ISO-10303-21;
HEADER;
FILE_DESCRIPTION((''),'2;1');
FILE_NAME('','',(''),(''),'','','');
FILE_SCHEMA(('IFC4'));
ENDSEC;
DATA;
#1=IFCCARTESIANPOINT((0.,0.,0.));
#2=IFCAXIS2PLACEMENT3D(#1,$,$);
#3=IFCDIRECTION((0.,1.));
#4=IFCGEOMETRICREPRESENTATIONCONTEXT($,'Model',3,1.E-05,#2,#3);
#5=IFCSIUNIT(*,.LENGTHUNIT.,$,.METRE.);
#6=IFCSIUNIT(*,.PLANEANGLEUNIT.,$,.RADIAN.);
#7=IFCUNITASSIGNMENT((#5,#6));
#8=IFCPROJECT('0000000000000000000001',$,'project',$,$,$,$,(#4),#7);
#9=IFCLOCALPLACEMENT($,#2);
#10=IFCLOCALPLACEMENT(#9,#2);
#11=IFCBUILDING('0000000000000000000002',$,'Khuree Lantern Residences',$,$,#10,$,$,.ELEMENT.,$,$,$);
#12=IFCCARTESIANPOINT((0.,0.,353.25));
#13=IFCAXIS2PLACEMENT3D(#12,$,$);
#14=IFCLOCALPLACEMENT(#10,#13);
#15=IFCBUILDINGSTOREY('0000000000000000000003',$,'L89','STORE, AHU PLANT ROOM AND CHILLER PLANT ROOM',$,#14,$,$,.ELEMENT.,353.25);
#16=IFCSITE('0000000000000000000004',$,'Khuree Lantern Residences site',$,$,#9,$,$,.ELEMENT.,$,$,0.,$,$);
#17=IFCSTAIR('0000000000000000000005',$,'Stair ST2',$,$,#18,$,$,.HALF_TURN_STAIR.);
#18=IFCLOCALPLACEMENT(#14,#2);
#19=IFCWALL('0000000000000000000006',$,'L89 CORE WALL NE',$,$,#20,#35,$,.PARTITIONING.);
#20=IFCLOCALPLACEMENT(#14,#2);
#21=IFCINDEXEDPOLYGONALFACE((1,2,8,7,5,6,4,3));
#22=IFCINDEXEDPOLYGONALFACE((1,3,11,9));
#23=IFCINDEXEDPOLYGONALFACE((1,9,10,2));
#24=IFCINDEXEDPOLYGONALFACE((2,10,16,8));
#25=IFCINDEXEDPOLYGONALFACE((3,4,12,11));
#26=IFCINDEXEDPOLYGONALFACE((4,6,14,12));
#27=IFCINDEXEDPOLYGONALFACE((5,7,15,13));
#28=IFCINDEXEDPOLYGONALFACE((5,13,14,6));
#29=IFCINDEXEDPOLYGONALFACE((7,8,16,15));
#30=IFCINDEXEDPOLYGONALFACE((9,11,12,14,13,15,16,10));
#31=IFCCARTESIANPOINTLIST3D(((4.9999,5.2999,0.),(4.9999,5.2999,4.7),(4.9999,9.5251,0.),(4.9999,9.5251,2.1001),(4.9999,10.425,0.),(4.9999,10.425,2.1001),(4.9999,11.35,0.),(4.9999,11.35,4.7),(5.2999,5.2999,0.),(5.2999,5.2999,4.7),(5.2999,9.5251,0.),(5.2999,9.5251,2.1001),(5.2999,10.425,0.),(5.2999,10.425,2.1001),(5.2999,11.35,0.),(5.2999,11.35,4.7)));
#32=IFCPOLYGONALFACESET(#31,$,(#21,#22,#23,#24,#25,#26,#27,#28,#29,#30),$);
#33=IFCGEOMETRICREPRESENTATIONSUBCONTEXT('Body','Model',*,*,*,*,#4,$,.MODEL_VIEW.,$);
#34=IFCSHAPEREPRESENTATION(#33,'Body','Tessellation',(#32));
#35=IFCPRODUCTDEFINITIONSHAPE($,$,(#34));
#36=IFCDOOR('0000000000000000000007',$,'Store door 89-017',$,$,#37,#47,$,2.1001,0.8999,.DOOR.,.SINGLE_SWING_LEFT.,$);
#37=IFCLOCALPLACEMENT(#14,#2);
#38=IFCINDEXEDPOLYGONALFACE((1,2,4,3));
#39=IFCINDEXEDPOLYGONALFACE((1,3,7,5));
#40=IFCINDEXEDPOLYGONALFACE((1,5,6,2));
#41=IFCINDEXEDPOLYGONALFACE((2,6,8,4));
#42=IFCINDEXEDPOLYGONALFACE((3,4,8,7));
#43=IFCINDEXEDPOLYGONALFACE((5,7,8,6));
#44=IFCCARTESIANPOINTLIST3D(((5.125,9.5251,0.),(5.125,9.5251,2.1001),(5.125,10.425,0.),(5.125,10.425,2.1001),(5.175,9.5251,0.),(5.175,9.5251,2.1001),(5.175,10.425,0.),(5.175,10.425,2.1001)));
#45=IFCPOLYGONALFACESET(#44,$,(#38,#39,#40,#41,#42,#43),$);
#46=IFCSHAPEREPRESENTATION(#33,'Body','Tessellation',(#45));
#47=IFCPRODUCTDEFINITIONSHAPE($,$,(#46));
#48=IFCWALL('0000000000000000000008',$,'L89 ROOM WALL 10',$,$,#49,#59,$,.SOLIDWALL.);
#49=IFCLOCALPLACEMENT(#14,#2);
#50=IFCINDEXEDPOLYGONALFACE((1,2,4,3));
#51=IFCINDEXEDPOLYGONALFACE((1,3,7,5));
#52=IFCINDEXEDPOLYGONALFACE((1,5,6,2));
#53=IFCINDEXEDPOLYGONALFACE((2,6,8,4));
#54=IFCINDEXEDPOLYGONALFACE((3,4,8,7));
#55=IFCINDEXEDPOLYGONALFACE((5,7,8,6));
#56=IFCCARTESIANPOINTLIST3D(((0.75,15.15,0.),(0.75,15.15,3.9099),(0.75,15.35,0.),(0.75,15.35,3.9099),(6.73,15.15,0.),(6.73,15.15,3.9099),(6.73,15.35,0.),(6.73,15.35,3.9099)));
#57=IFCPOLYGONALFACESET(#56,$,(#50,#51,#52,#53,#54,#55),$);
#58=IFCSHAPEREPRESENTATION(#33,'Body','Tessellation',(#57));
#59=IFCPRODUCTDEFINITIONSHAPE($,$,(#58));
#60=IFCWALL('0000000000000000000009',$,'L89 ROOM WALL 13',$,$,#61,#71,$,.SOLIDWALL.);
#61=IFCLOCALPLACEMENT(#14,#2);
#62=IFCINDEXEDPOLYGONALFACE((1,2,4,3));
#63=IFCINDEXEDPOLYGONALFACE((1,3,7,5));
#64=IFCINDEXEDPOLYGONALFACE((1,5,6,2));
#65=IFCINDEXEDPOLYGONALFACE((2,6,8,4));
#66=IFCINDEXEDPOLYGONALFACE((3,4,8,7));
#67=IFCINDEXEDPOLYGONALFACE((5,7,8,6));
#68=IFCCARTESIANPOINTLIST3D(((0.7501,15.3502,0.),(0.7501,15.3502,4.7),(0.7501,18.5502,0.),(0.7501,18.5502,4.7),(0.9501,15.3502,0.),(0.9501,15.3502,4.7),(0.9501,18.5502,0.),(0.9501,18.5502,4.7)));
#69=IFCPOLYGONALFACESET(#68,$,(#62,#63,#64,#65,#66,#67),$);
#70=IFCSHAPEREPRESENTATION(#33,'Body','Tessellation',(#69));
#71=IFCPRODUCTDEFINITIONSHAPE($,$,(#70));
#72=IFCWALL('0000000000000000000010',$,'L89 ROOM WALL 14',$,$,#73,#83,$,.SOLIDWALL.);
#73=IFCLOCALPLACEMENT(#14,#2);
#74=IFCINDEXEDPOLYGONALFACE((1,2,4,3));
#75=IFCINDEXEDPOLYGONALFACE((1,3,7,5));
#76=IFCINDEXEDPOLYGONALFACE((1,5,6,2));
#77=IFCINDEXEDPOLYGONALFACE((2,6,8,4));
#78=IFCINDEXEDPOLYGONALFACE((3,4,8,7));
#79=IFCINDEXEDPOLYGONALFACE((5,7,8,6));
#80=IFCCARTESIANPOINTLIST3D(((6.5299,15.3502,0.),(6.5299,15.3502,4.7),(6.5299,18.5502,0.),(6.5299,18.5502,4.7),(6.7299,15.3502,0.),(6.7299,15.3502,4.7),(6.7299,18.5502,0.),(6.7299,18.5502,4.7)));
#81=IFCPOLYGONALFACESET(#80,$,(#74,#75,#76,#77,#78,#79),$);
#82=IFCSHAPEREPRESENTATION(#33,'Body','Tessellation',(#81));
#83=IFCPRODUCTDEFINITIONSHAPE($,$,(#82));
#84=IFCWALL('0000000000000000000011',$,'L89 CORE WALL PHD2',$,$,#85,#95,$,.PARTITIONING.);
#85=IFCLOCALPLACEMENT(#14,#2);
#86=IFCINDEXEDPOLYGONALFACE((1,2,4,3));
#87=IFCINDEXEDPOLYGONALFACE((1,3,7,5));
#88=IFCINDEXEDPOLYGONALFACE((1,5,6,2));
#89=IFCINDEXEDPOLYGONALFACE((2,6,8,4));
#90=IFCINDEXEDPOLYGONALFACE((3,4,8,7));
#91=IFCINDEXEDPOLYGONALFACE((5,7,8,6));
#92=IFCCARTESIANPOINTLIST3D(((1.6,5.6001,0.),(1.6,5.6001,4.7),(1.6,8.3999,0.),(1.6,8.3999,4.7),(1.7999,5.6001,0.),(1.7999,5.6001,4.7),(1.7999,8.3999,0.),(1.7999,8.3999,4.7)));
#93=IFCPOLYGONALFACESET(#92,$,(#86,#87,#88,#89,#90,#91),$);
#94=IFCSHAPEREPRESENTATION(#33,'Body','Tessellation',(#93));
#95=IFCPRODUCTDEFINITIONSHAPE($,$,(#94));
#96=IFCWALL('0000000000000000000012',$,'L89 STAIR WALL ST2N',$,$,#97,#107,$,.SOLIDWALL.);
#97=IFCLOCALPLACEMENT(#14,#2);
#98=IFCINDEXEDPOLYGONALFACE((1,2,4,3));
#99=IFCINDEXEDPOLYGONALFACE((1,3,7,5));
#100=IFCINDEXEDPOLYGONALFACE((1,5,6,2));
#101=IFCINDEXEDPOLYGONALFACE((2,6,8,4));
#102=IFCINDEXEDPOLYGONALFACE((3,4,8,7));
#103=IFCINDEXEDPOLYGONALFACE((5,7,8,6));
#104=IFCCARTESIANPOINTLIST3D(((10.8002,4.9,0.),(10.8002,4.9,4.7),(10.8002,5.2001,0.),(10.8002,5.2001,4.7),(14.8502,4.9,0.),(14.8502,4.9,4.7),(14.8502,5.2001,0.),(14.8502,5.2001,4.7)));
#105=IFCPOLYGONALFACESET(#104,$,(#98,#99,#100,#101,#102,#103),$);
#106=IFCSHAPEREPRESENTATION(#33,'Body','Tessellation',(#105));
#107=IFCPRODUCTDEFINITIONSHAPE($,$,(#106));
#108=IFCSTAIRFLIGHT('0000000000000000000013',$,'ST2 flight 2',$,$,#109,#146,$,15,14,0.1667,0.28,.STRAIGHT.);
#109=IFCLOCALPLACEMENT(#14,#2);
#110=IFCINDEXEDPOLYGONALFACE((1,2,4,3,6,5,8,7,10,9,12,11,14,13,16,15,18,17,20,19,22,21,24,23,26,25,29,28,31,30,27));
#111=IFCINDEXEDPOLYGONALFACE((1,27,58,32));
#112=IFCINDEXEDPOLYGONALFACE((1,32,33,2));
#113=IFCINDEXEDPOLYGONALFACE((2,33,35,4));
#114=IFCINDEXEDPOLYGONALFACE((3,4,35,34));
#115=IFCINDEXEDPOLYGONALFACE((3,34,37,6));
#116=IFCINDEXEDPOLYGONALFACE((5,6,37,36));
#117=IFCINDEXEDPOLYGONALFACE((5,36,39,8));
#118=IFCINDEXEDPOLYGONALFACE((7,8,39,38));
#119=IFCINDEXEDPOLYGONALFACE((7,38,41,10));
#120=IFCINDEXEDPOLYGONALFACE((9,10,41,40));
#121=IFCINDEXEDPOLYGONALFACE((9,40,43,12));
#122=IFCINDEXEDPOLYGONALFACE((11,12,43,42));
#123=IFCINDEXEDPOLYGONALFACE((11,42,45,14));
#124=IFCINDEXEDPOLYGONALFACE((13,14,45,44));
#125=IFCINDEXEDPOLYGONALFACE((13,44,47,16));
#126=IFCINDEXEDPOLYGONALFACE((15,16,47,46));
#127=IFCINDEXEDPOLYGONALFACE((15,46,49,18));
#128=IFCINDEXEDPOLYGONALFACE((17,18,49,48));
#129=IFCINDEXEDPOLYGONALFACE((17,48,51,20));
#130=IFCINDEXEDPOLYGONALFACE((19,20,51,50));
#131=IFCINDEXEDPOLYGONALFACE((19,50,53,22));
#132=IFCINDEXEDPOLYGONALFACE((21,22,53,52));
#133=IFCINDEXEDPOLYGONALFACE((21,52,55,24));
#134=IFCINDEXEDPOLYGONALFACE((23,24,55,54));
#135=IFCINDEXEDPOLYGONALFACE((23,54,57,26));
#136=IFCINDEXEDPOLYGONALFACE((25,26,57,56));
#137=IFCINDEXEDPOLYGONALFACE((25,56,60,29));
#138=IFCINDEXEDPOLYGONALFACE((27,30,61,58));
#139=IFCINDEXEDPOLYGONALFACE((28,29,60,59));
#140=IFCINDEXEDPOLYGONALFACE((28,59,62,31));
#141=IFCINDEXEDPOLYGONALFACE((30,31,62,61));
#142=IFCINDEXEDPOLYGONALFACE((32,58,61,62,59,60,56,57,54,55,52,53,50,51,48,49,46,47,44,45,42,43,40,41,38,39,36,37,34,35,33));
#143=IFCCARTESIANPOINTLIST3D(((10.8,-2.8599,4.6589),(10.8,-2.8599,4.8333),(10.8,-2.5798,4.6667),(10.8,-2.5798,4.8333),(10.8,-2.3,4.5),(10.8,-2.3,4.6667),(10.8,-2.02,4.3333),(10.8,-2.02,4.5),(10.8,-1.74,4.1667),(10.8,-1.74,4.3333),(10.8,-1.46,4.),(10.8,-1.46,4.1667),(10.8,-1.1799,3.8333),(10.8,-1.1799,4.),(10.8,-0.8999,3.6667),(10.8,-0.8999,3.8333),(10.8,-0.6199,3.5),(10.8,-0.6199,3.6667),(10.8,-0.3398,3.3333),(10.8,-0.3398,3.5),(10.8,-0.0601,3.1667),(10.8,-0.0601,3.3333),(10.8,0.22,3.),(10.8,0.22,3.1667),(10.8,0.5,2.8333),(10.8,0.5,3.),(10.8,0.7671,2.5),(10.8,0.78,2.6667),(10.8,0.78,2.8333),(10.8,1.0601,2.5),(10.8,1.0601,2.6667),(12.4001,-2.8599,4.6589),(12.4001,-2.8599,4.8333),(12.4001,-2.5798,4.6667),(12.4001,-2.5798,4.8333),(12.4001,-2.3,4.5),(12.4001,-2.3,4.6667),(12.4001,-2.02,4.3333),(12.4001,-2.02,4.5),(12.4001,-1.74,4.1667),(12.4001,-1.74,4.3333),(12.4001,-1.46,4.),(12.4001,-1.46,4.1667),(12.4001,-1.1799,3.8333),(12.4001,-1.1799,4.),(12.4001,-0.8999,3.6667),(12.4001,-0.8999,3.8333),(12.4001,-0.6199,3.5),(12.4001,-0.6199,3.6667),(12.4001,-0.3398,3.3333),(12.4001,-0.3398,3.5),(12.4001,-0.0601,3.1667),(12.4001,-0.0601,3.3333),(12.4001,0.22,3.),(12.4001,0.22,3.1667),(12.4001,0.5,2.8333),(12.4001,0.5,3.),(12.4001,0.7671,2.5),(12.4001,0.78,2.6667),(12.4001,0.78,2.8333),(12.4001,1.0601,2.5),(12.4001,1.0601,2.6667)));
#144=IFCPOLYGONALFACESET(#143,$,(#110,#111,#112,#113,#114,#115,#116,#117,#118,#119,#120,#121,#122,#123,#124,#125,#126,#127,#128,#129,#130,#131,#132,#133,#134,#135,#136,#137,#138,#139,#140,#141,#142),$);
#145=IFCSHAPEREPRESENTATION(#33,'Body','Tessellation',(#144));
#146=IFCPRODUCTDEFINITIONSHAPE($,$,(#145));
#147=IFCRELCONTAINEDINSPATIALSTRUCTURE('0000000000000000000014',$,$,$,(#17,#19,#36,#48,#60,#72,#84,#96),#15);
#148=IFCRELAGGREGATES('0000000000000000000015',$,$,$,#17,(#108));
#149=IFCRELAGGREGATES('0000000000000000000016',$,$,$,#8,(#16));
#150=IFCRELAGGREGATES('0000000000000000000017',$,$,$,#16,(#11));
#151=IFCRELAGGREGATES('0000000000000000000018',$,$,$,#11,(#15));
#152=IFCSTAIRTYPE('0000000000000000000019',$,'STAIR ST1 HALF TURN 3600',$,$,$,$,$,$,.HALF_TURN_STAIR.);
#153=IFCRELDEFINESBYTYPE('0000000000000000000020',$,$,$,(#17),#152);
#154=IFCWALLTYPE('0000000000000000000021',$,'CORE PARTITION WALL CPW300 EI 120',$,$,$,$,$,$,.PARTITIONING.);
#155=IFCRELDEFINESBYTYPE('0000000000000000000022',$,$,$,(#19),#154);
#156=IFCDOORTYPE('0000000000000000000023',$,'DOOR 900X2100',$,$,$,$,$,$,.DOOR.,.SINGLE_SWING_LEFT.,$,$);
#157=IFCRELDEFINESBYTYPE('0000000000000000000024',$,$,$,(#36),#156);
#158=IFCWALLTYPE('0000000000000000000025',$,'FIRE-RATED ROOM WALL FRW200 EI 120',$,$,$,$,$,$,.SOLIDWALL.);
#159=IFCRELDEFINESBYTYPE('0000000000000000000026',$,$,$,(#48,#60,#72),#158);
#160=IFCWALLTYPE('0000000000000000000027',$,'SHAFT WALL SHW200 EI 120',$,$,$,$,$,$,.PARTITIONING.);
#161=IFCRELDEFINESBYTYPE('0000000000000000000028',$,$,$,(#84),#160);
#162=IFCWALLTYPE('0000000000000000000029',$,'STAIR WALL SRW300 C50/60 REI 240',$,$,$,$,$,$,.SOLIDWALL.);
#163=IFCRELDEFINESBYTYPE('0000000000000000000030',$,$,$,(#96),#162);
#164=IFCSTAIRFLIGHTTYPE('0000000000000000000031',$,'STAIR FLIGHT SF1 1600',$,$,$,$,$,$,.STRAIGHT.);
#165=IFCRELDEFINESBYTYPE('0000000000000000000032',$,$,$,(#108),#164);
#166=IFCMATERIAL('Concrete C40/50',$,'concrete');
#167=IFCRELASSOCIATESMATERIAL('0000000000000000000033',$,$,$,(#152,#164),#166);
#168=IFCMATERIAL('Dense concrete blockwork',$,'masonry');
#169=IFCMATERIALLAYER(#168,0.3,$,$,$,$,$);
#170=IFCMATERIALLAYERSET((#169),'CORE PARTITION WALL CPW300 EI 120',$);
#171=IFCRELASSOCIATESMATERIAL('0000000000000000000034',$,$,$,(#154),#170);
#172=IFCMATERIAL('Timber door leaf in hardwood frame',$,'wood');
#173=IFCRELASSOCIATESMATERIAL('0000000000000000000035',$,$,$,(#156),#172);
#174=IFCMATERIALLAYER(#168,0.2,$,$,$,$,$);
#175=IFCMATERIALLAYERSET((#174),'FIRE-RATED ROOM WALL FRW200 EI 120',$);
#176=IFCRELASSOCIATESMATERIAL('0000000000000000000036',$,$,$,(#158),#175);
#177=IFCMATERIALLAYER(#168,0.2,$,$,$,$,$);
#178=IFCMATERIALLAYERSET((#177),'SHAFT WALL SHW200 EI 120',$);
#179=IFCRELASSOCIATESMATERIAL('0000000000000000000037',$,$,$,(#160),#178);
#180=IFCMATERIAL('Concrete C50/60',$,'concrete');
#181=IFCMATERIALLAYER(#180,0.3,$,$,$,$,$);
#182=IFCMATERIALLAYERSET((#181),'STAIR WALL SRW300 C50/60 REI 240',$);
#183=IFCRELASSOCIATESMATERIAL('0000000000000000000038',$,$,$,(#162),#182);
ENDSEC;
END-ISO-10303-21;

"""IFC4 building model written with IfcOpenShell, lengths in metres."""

from ifc_helpers import new_model, si_unit, direction, frame, frame_2d, origin, place, context, subcontext, project, spatial, polyline, rectangle, outline, extrude, material, layer, layer_set, type_object, element, fill, aggregate, save


model = new_model("IFC4")

# Units and contexts
model_context = context("Model", 3, precision=1e-05, world=origin(), true_north=direction((0.0, 1.0)))
body_context = subcontext(model_context, "Body", "Model", "MODEL_VIEW")
ifc_project = project(units=[si_unit("LENGTHUNIT", "METRE"), si_unit("PLANEANGLEUNIT", "RADIAN")], contexts=[model_context])

# Site, building, storey
site_placement = place(None, origin())
site = spatial("IfcSite", under=ifc_project, at=site_placement, Name="Khuree Lantern Residences site", CompositionType="ELEMENT", RefElevation=0.0)
building_placement = place(site_placement, origin())
building = spatial("IfcBuilding", under=site, at=building_placement, Name="Khuree Lantern Residences", CompositionType="ELEMENT")
storey_placement = place(building_placement, frame((0.0, 0.0, 353.25)))
storey = spatial("IfcBuildingStorey", under=building, at=storey_placement, Name="L89", Description="STORE, AHU PLANT ROOM AND CHILLER PLANT ROOM", CompositionType="ELEMENT", Elevation=353.25)

# Shared definitions
ifc_material_1 = material(Name="Concrete C50/60", Category="concrete")

# Stair
ifc_material_2 = material(Name="Concrete C40/50", Category="concrete")
stair_type = type_object("IfcStairType", Name="STAIR ST1 HALF TURN 3600", PredefinedType="HALF_TURN_STAIR", material=ifc_material_2)
stair_placement = place(storey_placement, origin())
stair = element("IfcStair", 1, at=stair_placement, inside=storey, type_object=stair_type, Name="Stair ST2", PredefinedType="HALF_TURN_STAIR")

# Shared definitions
ifc_material_3 = material(Name="Dense concrete blockwork", Category="masonry")
ifc_layer_1 = layer(ifc_material_3, 0.3)
ifc_layer_set_1 = layer_set([ifc_layer_1], Name="CORE PARTITION WALL CPW300 EI 120")
wall_type_1 = type_object("IfcWallType", Name="CORE PARTITION WALL CPW300 EI 120", PredefinedType="PARTITIONING", material=ifc_layer_set_1)

# Wall, opening, door
wall_1_placement = place(storey_placement, frame((5.1499, 5.3, 0.0), z_axis=(0.0, 0.0, 1.0), x_axis=(0.0, 1.0, 0.0)))
wall_1 = element("IfcWall", 2, at=wall_1_placement, inside=storey, type_object=wall_type_1, Name="L89 CORE WALL NE", PredefinedType="PARTITIONING", context=body_context, shape_type="SweptSolid", body=[
    extrude(rectangle(XDim=6.05, YDim=0.3, at=frame_2d((3.0249, 0.0))), origin(), (0.0, 0.0, 1.0), 4.7),
])
opening_1_placement = place(wall_1_placement, frame((4.2251, 0.0, 0.0)))
opening_1 = element("IfcOpeningElement", 3, at=opening_1_placement, cuts=wall_1, PredefinedType="OPENING", context=body_context, shape_type="SweptSolid", body=[
    extrude(rectangle(XDim=0.8999, YDim=2.1001, at=frame_2d((0.45, 1.05))), frame((0.0, 0.1602, 0.0), z_axis=(0.0, -1.0, 0.0), x_axis=(1.0, 0.0, 0.0)), (0.0, 0.0, 1.0), 0.3201),
])
ifc_material_4 = material(Name="Timber door leaf in hardwood frame", Category="wood")
door_type_1 = type_object("IfcDoorType", Name="DOOR 900X2100", OperationType="SINGLE_SWING_LEFT", PredefinedType="DOOR", material=ifc_material_4)
door_1_placement = place(opening_1_placement, origin())
door_1 = element("IfcDoor", 4, at=door_1_placement, inside=storey, type_object=door_type_1, Name="Store door 89-017", OperationType="SINGLE_SWING_LEFT", OverallHeight=2.1001, OverallWidth=0.8999, PredefinedType="DOOR", context=body_context, shape_type="SweptSolid", body=[
    extrude(rectangle(XDim=0.8999, YDim=2.1001, at=frame_2d((0.45, 1.05))), frame((0.0, 0.0249, 0.0), z_axis=(0.0, -1.0, 0.0), x_axis=(1.0, 0.0, 0.0)), (0.0, 0.0, 1.0), 0.05),
])
fill(opening_1, door_1)

# Walls
ifc_layer_2 = layer(ifc_material_3, 0.2)
ifc_layer_set_2 = layer_set([ifc_layer_2], Name="FIRE-RATED ROOM WALL FRW200 EI 120")
wall_type_2 = type_object("IfcWallType", Name="FIRE-RATED ROOM WALL FRW200 EI 120", PredefinedType="SOLIDWALL", material=ifc_layer_set_2)
wall_2_placement = place(storey_placement, frame((0.75, 15.25, 0.0), z_axis=(0.0, 0.0, 1.0), x_axis=(1.0, 0.0, 0.0)))
element("IfcWall", 5, at=wall_2_placement, inside=storey, type_object=wall_type_2, Name="L89 ROOM WALL 10", PredefinedType="SOLIDWALL", context=body_context, shape_type="SweptSolid", body=[
    extrude(rectangle(XDim=5.98, YDim=0.2, at=frame_2d((2.99, 0.0))), origin(), (0.0, 0.0, 1.0), 3.9099),
])
for number, where, z_axis, x_axis, name in (
    (6, (0.8501, 15.3501, 0.0), (0.0, 0.0, 1.0), (0.0, 1.0, 0.0), "L89 ROOM WALL 13"),
    (7, (6.6299, 15.3501, 0.0), (0.0, 0.0, 1.0), (0.0, 1.0, 0.0), "L89 ROOM WALL 14"),
):
    element("IfcWall", number, at=place(storey_placement, frame(where, z_axis=z_axis, x_axis=x_axis)), inside=storey, type_object=wall_type_2, Name=name, PredefinedType="SOLIDWALL", context=body_context, shape_type="SweptSolid", body=[
        extrude(rectangle(XDim=3.2, YDim=0.2, at=frame_2d((1.6001, 0.0))), origin(), (0.0, 0.0, 1.0), 4.7),
    ])

# Walls
ifc_layer_3 = layer(ifc_material_3, 0.2)
ifc_layer_set_3 = layer_set([ifc_layer_3], Name="SHAFT WALL SHW200 EI 120")
wall_type_3 = type_object("IfcWallType", Name="SHAFT WALL SHW200 EI 120", PredefinedType="PARTITIONING", material=ifc_layer_set_3)
wall_3_placement = place(storey_placement, frame((1.7, 5.6001, 0.0), z_axis=(0.0, 0.0, 1.0), x_axis=(0.0, 1.0, 0.0)))
element("IfcWall", 8, at=wall_3_placement, inside=storey, type_object=wall_type_3, Name="L89 CORE WALL PHD2", PredefinedType="PARTITIONING", context=body_context, shape_type="SweptSolid", body=[
    extrude(rectangle(XDim=2.7998, YDim=0.2, at=frame_2d((1.3999, 0.0))), origin(), (0.0, 0.0, 1.0), 4.7),
])
ifc_layer_4 = layer(ifc_material_1, 0.3)
ifc_layer_set_4 = layer_set([ifc_layer_4], Name="STAIR WALL SRW300 C50/60 REI 240")
wall_type_4 = type_object("IfcWallType", Name="STAIR WALL SRW300 C50/60 REI 240", PredefinedType="SOLIDWALL", material=ifc_layer_set_4)
wall_4_placement = place(storey_placement, frame((14.8501, 5.05, 0.0), z_axis=(0.0, 0.0, 1.0), x_axis=(-1.0, 0.0, 0.0)))
element("IfcWall", 9, at=wall_4_placement, inside=storey, type_object=wall_type_4, Name="L89 STAIR WALL ST2N", PredefinedType="SOLIDWALL", context=body_context, shape_type="SweptSolid", body=[
    extrude(rectangle(XDim=4.05, YDim=0.3, at=frame_2d((2.0249, 0.0))), origin(), (0.0, 0.0, 1.0), 4.7),
])

# Stair flight
stair_flight_type = type_object("IfcStairFlightType", Name="STAIR FLIGHT SF1 1600", PredefinedType="STRAIGHT", material=ifc_material_2)
stair_flight_placement = place(storey_placement, frame((11.6001, 1.0601, 2.5), z_axis=(0.0, 0.0, 1.0), x_axis=(0.0, -1.0, 0.0)))
stair_flight = element("IfcStairFlight", 10, at=stair_flight_placement, type_object=stair_flight_type, Name="ST2 flight 2", NumberOfRisers=15, NumberOfTreads=14, PredefinedType="STRAIGHT", RiserHeight=0.1667, TreadLength=0.28, context=body_context, shape_type="SweptSolid", body=[
    extrude(outline(polyline([(0.0, 0.0), (0.0, 0.1667), (0.28, 0.1667), (0.28, 0.3333), (0.5601, 0.3333), (0.5601, 0.5), (0.8401, 0.5), (0.8401, 0.6667), (1.1201, 0.6667), (1.1201, 0.8333), (1.3999, 0.8333), (1.3999, 1.0), (1.6799, 1.0), (1.6799, 1.1667), (1.96, 1.1667), (1.96, 1.3333), (2.24, 1.3333), (2.24, 1.5), (2.52, 1.5), (2.52, 1.6667), (2.8, 1.6667), (2.8, 1.8333), (3.0801, 1.8333), (3.0801, 2.0), (3.3601, 2.0), (3.3601, 2.1667), (3.6399, 2.1667), (3.6399, 2.3333), (3.9199, 2.3333), (3.9199, 2.5), (3.9199, 2.1589), (0.293, 0.0), (0.0, 0.0)])), frame((0.0, 0.8, 0.0), z_axis=(0.0, -1.0, 0.0), x_axis=(1.0, 0.0, 0.0)), (0.0, 0.0, 1.0), 1.6001),
])
aggregate(stair, [stair_flight])

save(model, "model.ifc")
